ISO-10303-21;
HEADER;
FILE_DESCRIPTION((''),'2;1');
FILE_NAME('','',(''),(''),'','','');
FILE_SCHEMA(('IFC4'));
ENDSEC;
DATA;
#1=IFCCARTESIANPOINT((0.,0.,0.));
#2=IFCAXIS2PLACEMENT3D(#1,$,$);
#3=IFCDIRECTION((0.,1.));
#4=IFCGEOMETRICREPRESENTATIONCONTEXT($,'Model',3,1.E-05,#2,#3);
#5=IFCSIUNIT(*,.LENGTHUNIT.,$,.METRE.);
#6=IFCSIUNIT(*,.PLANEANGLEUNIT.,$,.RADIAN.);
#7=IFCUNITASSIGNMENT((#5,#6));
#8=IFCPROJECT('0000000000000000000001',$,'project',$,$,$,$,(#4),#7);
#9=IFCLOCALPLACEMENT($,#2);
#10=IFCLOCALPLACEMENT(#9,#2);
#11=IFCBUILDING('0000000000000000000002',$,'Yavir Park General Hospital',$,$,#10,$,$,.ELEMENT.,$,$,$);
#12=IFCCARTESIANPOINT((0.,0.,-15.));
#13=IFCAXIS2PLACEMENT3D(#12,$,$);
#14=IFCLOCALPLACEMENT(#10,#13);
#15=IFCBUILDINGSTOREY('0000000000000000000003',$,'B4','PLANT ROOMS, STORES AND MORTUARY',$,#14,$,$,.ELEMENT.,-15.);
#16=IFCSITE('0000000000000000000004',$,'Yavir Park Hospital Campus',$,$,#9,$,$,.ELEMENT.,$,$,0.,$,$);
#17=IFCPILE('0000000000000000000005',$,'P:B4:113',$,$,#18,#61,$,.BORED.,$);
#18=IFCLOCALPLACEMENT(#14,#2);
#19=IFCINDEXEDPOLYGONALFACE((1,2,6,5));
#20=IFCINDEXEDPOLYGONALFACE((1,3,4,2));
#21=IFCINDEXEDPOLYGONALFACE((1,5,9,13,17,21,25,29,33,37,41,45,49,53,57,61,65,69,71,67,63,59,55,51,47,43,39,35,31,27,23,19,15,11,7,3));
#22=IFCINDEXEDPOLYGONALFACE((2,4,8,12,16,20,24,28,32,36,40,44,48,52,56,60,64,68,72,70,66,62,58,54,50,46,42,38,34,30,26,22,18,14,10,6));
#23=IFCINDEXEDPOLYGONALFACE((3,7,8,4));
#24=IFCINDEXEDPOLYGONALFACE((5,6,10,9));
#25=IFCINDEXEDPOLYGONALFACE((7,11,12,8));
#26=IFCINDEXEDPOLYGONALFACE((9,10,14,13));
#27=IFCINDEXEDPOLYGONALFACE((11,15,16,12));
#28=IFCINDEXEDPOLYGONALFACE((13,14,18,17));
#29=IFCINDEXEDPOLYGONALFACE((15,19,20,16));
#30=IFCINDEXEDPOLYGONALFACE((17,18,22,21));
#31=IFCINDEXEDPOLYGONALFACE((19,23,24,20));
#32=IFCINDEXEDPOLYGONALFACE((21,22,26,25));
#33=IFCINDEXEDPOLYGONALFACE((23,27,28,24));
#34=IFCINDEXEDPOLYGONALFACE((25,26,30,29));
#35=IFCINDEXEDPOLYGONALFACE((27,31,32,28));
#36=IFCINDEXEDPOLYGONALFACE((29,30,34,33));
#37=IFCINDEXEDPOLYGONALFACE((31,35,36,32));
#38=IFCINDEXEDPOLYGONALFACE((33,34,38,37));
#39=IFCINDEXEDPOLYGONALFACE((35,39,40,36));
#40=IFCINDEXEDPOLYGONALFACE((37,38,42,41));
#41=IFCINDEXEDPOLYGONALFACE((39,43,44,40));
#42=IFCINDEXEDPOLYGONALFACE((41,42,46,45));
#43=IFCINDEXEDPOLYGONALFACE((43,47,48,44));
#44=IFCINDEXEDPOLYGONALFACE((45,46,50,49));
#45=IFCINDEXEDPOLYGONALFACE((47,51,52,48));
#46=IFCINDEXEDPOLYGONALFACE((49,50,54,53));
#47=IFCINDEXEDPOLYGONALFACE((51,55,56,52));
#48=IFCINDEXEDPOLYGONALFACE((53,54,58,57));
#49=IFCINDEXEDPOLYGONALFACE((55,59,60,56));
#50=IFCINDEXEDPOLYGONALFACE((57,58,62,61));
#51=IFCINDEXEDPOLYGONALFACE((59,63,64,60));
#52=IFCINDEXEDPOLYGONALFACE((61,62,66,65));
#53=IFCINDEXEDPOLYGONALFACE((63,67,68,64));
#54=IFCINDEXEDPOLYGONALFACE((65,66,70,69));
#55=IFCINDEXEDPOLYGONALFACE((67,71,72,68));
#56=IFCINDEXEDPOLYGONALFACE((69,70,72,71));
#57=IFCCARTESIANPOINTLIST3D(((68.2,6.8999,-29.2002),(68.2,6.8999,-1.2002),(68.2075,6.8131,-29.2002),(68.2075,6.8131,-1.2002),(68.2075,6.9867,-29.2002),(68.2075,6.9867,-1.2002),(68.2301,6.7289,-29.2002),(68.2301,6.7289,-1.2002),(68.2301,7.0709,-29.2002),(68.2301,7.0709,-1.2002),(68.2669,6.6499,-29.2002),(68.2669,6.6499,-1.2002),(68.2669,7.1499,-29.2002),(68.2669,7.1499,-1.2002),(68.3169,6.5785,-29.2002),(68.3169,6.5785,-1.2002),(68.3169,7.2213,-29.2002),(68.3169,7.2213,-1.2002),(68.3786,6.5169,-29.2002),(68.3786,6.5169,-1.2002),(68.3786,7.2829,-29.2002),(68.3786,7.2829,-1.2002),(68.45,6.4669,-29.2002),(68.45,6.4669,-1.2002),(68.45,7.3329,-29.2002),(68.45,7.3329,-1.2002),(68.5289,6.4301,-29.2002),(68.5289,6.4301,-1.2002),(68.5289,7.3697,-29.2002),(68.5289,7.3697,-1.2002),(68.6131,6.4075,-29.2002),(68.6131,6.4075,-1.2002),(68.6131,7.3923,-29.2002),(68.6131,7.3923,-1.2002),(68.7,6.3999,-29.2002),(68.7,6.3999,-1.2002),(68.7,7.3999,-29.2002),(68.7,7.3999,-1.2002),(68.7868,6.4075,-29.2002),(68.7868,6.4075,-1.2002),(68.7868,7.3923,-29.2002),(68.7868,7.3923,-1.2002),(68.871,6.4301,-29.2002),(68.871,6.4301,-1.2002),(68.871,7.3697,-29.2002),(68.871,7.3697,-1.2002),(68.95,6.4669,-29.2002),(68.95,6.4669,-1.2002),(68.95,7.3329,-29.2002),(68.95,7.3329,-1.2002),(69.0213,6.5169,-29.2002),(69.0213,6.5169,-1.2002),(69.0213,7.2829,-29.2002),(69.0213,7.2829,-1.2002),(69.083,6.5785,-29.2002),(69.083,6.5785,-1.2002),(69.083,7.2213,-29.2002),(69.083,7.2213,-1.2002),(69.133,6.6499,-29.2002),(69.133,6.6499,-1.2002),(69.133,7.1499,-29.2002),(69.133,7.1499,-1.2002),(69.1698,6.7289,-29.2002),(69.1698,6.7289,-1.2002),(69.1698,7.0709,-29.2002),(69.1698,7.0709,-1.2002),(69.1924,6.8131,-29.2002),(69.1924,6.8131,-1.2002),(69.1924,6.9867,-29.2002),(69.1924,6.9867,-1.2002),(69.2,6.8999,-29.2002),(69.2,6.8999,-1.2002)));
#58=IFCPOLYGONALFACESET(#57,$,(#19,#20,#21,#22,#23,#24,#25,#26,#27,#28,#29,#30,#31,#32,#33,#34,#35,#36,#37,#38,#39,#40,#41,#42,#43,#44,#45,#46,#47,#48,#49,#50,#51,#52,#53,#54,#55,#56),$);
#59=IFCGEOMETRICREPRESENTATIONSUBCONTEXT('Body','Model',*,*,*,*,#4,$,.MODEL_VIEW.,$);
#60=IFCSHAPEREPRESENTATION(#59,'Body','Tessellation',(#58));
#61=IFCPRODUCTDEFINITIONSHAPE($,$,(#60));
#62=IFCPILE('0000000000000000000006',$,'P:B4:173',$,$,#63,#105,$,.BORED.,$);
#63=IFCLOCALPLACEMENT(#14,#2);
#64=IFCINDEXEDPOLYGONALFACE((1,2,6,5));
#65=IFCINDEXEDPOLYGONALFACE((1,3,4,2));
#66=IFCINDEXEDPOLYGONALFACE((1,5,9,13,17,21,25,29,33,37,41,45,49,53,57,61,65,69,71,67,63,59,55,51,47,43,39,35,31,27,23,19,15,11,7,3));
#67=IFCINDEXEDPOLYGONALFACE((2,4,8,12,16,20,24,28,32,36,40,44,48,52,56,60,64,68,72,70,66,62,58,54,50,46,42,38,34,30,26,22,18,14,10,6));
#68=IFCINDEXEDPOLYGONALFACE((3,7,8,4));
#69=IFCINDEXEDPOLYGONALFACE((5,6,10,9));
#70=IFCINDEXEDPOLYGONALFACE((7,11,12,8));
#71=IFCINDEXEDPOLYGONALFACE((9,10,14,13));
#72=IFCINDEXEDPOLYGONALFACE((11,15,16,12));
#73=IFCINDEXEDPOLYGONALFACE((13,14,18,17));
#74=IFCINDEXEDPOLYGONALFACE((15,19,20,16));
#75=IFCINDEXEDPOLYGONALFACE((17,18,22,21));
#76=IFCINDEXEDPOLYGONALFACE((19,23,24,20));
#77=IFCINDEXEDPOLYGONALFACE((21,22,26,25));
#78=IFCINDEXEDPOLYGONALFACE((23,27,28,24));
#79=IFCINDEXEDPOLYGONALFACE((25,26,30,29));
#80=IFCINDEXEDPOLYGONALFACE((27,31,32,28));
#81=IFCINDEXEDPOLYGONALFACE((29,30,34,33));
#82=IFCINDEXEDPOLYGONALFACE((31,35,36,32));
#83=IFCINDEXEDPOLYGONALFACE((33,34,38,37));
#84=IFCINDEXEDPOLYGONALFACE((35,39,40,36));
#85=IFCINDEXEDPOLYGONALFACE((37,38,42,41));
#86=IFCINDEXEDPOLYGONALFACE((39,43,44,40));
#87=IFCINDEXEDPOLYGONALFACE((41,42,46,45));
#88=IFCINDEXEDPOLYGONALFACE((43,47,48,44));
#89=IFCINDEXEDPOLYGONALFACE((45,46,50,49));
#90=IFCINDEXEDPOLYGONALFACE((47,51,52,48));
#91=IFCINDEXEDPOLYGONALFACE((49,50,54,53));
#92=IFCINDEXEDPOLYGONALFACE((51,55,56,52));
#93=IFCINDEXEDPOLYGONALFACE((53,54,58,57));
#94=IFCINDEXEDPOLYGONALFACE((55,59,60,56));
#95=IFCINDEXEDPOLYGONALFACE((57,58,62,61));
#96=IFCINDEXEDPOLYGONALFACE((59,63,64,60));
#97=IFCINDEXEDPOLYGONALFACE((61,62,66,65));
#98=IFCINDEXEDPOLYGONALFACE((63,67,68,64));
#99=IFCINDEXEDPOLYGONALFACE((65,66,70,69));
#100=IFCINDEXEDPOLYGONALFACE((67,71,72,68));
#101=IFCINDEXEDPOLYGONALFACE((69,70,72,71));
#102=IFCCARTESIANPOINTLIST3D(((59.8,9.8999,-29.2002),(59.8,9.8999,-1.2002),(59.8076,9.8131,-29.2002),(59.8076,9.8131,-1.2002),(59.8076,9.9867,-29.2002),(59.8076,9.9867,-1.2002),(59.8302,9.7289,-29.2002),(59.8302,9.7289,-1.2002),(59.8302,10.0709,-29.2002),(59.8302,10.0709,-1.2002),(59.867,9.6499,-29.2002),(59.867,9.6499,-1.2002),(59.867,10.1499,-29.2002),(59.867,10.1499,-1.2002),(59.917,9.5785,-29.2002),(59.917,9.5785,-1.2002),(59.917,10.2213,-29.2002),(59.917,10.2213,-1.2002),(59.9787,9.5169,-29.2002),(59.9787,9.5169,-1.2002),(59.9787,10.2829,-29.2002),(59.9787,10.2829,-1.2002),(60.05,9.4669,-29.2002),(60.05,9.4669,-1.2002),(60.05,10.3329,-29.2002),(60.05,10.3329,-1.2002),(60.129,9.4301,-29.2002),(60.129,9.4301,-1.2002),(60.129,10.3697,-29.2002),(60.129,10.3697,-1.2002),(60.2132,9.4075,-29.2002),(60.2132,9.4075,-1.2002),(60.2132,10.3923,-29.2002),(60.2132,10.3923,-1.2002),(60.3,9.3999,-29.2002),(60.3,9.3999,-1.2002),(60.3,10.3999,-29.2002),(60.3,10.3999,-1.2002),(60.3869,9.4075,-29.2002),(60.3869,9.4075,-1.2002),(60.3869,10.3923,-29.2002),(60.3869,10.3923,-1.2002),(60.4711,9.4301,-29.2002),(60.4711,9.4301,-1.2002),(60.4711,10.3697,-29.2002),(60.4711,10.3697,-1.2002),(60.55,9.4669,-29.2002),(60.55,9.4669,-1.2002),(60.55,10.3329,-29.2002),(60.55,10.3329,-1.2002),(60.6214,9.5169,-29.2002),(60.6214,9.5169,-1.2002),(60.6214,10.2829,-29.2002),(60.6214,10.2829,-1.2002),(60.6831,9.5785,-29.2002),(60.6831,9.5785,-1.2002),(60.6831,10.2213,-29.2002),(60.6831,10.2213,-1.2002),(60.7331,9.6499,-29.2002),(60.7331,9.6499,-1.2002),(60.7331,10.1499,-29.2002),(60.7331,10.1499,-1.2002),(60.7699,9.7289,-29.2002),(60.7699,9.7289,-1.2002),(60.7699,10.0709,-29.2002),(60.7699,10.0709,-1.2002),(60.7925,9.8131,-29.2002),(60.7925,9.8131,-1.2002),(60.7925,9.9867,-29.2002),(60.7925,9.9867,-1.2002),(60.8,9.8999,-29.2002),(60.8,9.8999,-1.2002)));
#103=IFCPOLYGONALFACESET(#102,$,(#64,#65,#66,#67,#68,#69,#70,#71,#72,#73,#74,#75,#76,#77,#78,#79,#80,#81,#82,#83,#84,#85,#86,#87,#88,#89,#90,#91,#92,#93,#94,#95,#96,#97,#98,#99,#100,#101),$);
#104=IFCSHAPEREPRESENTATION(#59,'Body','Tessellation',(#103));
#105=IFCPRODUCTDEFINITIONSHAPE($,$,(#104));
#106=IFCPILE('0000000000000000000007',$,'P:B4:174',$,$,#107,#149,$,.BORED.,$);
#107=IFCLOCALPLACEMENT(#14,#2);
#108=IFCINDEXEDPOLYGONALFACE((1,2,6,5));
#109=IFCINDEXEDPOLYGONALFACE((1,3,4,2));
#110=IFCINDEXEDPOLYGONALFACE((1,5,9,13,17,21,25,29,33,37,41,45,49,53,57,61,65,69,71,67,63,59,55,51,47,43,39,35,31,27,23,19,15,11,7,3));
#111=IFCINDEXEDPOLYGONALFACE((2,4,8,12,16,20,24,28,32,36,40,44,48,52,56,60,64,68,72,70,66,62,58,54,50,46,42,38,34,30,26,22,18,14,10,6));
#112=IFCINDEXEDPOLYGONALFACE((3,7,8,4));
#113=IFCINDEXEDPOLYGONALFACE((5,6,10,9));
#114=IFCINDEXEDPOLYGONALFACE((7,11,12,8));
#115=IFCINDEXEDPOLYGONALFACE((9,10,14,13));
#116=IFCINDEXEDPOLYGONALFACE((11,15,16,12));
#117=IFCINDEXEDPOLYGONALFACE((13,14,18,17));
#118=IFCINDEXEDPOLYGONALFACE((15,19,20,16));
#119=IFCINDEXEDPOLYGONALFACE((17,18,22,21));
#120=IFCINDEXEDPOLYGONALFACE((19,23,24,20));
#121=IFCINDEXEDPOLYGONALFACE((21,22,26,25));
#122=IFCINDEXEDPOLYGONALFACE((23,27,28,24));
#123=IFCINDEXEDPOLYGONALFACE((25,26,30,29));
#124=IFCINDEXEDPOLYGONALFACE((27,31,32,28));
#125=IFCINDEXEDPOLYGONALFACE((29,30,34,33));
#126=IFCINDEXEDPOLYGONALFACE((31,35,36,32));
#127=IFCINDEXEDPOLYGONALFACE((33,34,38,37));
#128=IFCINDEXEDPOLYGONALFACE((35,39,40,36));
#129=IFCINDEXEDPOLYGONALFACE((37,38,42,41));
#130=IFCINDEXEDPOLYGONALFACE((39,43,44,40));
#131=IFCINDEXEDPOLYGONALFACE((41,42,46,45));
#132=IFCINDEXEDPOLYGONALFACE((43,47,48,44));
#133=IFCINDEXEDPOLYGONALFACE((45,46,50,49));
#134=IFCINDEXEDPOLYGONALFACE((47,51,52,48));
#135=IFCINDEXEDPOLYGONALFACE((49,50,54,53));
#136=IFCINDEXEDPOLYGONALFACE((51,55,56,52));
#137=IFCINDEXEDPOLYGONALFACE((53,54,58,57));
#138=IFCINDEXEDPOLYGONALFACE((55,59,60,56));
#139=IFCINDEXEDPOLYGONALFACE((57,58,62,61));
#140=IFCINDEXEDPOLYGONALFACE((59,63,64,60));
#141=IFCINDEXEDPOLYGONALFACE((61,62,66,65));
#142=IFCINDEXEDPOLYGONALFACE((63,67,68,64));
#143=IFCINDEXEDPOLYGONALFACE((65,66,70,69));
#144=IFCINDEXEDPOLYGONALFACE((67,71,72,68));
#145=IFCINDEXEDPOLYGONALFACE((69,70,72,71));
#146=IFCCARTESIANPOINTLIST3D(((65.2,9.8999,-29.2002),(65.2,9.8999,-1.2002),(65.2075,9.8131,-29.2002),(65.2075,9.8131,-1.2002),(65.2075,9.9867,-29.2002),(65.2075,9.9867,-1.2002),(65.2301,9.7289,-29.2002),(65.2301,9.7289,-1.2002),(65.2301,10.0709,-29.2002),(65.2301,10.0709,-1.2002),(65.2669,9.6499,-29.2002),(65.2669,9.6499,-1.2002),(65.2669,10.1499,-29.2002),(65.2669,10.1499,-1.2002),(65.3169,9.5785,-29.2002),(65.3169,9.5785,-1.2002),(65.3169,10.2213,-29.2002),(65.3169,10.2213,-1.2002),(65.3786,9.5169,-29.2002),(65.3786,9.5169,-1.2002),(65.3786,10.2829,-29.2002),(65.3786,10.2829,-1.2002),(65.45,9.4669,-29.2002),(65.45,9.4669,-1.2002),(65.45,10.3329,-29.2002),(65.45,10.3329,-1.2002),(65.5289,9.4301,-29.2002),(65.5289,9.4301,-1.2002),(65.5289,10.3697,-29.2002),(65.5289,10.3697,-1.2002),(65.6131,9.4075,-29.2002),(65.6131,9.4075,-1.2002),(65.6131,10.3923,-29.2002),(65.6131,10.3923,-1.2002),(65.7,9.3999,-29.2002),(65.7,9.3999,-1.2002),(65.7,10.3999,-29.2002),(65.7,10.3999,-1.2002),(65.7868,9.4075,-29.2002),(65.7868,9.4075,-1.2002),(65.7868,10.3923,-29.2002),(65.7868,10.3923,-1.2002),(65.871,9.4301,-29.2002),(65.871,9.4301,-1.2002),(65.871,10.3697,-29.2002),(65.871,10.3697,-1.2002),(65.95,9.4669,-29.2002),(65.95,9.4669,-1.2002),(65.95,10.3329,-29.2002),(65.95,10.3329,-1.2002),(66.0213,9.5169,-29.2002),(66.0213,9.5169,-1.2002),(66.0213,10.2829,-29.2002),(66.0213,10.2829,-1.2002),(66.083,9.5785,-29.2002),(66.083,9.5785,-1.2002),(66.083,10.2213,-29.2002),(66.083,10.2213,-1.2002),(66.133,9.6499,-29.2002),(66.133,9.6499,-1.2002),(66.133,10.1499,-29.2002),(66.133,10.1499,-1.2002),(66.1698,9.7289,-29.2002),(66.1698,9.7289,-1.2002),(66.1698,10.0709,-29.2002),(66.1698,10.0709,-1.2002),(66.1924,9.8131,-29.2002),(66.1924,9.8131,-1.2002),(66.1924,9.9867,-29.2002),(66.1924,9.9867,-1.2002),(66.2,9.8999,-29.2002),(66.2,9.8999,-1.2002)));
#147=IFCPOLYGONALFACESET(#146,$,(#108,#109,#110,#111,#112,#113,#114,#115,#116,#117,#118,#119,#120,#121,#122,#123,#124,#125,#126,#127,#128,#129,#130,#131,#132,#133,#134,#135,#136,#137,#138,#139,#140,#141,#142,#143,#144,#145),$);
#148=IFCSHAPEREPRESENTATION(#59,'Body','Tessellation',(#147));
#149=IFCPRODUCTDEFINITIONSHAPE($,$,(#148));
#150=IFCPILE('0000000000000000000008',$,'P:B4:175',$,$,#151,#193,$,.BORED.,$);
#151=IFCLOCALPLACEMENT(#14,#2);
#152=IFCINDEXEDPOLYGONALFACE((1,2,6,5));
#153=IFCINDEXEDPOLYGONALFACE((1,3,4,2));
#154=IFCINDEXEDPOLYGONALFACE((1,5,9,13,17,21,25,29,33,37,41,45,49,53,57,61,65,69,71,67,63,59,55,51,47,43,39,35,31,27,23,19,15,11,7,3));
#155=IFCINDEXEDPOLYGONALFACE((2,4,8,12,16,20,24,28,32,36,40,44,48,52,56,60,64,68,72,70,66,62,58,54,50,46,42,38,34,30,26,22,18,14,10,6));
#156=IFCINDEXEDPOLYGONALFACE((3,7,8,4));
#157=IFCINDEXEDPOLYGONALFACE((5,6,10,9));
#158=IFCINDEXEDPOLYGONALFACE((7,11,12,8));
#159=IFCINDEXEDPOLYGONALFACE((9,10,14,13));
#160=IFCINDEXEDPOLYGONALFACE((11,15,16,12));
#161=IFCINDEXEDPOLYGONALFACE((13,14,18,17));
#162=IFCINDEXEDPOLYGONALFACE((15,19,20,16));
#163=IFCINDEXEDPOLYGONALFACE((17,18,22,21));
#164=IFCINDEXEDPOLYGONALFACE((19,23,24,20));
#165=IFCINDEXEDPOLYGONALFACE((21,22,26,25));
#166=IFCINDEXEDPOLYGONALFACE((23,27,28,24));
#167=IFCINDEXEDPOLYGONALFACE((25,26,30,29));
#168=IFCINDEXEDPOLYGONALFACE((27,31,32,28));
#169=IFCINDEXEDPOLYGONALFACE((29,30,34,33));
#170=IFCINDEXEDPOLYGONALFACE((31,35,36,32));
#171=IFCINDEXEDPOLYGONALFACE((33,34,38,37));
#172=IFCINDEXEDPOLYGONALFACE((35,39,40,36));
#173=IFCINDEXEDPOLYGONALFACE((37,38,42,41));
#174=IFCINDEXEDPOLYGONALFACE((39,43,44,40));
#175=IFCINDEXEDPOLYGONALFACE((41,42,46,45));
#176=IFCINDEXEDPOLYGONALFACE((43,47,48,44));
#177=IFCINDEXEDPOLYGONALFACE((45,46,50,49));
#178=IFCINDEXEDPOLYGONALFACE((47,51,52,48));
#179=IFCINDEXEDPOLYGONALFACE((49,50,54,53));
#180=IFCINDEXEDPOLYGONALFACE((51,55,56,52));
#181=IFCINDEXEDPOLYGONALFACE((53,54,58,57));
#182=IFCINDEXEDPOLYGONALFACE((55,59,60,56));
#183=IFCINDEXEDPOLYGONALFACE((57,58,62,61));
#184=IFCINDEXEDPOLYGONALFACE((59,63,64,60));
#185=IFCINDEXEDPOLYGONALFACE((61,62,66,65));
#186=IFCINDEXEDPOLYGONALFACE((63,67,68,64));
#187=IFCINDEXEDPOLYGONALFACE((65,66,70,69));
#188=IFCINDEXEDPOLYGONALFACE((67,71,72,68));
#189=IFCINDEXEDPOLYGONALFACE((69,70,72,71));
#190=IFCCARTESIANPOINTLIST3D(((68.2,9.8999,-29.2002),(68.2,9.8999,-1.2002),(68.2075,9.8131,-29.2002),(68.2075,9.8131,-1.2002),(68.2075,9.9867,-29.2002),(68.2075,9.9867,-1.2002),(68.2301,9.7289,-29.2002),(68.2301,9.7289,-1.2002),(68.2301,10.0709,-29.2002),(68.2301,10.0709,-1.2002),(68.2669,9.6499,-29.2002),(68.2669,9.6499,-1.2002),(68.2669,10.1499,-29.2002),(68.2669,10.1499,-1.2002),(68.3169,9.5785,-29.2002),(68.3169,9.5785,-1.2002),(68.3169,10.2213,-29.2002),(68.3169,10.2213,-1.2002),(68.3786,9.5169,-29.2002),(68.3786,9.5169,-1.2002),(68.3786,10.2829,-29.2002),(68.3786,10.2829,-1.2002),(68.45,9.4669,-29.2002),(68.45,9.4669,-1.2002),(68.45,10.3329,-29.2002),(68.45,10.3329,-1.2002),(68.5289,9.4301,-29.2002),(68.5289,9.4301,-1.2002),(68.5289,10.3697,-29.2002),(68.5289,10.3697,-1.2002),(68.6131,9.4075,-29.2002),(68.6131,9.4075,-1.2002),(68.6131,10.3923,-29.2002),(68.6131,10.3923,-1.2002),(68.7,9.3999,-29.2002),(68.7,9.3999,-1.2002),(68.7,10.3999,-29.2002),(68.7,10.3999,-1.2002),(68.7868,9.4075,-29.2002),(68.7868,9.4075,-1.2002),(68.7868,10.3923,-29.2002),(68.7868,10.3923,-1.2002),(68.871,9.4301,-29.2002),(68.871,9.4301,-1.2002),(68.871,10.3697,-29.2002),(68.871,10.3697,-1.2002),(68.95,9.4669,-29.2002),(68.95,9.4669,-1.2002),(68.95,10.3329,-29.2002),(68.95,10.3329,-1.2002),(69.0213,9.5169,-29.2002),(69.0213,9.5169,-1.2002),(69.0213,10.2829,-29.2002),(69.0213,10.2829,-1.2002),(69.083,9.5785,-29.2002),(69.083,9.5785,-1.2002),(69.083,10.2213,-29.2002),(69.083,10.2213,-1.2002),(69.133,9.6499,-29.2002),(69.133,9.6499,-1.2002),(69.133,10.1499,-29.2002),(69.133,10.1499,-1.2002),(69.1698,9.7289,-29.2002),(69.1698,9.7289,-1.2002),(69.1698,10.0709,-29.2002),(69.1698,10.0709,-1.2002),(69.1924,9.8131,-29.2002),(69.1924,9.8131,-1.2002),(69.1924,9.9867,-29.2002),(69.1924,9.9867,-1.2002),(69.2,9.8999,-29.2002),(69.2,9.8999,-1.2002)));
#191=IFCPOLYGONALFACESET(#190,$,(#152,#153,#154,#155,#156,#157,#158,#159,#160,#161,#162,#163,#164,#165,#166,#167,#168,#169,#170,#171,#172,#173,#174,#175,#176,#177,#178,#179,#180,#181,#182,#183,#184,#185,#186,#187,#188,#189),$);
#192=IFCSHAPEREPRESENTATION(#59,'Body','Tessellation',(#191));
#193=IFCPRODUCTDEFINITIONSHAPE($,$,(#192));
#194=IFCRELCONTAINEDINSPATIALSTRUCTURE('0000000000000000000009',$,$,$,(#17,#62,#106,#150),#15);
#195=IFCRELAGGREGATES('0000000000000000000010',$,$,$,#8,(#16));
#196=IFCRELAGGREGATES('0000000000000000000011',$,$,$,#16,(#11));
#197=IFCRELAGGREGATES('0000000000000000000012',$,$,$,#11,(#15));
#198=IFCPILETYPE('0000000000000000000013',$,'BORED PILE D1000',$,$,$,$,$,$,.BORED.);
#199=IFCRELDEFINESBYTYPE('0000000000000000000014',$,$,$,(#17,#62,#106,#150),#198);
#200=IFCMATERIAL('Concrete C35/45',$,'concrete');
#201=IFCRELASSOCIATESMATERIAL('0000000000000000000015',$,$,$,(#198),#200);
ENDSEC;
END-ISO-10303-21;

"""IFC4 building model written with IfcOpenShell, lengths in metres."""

from ifc_helpers import new_model, si_unit, direction, frame, origin, origin_2d, place, context, subcontext, project, spatial, circle, extrude, material, material_profile, profile_set, type_object, element, save


model = new_model("IFC4")

# Units and contexts
model_context = context("Model", 3, precision=1e-05, world=origin(), true_north=direction((0.0, 1.0)))
body_context = subcontext(model_context, "Body", "Model", "MODEL_VIEW")
ifc_project = project(units=[si_unit("LENGTHUNIT", "METRE"), si_unit("PLANEANGLEUNIT", "RADIAN")], contexts=[model_context])

# Site, building, storey
site_placement = place(None, origin())
site = spatial("IfcSite", under=ifc_project, at=site_placement, Name="Yavir Park Hospital Campus", CompositionType="ELEMENT", RefElevation=0.0)
building_placement = place(site_placement, origin())
building = spatial("IfcBuilding", under=site, at=building_placement, Name="Yavir Park General Hospital", CompositionType="ELEMENT")
storey_placement = place(building_placement, frame((0.0, 0.0, -15.0)))
storey = spatial("IfcBuildingStorey", under=building, at=storey_placement, Name="B4", Description="PLANT ROOMS, STORES AND MORTUARY", CompositionType="ELEMENT", Elevation=-15.0)

# Piles
ifc_material_1 = material(Name="Concrete C35/45", Category="concrete")
ifc_material_profile_1 = material_profile(ifc_material_1, circle(Radius=0.5, at=origin_2d()), Name="D1000")
ifc_profile_set_1 = profile_set([ifc_material_profile_1], Name="Concrete C35/45")
pile_type_1 = type_object("IfcPileType", Name="BORED PILE D1000", PredefinedType="BORED", material=ifc_profile_set_1)
for number, where, z_axis, x_axis, name in (
    (1, (68.7, 6.8999, -1.2002), (0.0, 0.0, -1.0), (1.0, 0.0, 0.0), "P:B4:113"),
    (2, (60.3, 9.8999, -1.2002), (0.0, 0.0, -1.0), (1.0, 0.0, 0.0), "P:B4:173"),
    (3, (65.7, 9.8999, -1.2002), (0.0, 0.0, -1.0), (1.0, 0.0, 0.0), "P:B4:174"),
    (4, (68.7, 9.8999, -1.2002), (0.0, 0.0, -1.0), (1.0, 0.0, 0.0), "P:B4:175"),
):
    element("IfcPile", number, at=place(storey_placement, frame(where, z_axis=z_axis, x_axis=x_axis)), inside=storey, type_object=pile_type_1, Name=name, PredefinedType="BORED", context=body_context, shape_type="SweptSolid", body=[
        extrude(circle(Radius=0.5, at=origin_2d()), origin(), (0.0, 0.0, 1.0), 28.0),
    ])

save(model, "model.ifc")
